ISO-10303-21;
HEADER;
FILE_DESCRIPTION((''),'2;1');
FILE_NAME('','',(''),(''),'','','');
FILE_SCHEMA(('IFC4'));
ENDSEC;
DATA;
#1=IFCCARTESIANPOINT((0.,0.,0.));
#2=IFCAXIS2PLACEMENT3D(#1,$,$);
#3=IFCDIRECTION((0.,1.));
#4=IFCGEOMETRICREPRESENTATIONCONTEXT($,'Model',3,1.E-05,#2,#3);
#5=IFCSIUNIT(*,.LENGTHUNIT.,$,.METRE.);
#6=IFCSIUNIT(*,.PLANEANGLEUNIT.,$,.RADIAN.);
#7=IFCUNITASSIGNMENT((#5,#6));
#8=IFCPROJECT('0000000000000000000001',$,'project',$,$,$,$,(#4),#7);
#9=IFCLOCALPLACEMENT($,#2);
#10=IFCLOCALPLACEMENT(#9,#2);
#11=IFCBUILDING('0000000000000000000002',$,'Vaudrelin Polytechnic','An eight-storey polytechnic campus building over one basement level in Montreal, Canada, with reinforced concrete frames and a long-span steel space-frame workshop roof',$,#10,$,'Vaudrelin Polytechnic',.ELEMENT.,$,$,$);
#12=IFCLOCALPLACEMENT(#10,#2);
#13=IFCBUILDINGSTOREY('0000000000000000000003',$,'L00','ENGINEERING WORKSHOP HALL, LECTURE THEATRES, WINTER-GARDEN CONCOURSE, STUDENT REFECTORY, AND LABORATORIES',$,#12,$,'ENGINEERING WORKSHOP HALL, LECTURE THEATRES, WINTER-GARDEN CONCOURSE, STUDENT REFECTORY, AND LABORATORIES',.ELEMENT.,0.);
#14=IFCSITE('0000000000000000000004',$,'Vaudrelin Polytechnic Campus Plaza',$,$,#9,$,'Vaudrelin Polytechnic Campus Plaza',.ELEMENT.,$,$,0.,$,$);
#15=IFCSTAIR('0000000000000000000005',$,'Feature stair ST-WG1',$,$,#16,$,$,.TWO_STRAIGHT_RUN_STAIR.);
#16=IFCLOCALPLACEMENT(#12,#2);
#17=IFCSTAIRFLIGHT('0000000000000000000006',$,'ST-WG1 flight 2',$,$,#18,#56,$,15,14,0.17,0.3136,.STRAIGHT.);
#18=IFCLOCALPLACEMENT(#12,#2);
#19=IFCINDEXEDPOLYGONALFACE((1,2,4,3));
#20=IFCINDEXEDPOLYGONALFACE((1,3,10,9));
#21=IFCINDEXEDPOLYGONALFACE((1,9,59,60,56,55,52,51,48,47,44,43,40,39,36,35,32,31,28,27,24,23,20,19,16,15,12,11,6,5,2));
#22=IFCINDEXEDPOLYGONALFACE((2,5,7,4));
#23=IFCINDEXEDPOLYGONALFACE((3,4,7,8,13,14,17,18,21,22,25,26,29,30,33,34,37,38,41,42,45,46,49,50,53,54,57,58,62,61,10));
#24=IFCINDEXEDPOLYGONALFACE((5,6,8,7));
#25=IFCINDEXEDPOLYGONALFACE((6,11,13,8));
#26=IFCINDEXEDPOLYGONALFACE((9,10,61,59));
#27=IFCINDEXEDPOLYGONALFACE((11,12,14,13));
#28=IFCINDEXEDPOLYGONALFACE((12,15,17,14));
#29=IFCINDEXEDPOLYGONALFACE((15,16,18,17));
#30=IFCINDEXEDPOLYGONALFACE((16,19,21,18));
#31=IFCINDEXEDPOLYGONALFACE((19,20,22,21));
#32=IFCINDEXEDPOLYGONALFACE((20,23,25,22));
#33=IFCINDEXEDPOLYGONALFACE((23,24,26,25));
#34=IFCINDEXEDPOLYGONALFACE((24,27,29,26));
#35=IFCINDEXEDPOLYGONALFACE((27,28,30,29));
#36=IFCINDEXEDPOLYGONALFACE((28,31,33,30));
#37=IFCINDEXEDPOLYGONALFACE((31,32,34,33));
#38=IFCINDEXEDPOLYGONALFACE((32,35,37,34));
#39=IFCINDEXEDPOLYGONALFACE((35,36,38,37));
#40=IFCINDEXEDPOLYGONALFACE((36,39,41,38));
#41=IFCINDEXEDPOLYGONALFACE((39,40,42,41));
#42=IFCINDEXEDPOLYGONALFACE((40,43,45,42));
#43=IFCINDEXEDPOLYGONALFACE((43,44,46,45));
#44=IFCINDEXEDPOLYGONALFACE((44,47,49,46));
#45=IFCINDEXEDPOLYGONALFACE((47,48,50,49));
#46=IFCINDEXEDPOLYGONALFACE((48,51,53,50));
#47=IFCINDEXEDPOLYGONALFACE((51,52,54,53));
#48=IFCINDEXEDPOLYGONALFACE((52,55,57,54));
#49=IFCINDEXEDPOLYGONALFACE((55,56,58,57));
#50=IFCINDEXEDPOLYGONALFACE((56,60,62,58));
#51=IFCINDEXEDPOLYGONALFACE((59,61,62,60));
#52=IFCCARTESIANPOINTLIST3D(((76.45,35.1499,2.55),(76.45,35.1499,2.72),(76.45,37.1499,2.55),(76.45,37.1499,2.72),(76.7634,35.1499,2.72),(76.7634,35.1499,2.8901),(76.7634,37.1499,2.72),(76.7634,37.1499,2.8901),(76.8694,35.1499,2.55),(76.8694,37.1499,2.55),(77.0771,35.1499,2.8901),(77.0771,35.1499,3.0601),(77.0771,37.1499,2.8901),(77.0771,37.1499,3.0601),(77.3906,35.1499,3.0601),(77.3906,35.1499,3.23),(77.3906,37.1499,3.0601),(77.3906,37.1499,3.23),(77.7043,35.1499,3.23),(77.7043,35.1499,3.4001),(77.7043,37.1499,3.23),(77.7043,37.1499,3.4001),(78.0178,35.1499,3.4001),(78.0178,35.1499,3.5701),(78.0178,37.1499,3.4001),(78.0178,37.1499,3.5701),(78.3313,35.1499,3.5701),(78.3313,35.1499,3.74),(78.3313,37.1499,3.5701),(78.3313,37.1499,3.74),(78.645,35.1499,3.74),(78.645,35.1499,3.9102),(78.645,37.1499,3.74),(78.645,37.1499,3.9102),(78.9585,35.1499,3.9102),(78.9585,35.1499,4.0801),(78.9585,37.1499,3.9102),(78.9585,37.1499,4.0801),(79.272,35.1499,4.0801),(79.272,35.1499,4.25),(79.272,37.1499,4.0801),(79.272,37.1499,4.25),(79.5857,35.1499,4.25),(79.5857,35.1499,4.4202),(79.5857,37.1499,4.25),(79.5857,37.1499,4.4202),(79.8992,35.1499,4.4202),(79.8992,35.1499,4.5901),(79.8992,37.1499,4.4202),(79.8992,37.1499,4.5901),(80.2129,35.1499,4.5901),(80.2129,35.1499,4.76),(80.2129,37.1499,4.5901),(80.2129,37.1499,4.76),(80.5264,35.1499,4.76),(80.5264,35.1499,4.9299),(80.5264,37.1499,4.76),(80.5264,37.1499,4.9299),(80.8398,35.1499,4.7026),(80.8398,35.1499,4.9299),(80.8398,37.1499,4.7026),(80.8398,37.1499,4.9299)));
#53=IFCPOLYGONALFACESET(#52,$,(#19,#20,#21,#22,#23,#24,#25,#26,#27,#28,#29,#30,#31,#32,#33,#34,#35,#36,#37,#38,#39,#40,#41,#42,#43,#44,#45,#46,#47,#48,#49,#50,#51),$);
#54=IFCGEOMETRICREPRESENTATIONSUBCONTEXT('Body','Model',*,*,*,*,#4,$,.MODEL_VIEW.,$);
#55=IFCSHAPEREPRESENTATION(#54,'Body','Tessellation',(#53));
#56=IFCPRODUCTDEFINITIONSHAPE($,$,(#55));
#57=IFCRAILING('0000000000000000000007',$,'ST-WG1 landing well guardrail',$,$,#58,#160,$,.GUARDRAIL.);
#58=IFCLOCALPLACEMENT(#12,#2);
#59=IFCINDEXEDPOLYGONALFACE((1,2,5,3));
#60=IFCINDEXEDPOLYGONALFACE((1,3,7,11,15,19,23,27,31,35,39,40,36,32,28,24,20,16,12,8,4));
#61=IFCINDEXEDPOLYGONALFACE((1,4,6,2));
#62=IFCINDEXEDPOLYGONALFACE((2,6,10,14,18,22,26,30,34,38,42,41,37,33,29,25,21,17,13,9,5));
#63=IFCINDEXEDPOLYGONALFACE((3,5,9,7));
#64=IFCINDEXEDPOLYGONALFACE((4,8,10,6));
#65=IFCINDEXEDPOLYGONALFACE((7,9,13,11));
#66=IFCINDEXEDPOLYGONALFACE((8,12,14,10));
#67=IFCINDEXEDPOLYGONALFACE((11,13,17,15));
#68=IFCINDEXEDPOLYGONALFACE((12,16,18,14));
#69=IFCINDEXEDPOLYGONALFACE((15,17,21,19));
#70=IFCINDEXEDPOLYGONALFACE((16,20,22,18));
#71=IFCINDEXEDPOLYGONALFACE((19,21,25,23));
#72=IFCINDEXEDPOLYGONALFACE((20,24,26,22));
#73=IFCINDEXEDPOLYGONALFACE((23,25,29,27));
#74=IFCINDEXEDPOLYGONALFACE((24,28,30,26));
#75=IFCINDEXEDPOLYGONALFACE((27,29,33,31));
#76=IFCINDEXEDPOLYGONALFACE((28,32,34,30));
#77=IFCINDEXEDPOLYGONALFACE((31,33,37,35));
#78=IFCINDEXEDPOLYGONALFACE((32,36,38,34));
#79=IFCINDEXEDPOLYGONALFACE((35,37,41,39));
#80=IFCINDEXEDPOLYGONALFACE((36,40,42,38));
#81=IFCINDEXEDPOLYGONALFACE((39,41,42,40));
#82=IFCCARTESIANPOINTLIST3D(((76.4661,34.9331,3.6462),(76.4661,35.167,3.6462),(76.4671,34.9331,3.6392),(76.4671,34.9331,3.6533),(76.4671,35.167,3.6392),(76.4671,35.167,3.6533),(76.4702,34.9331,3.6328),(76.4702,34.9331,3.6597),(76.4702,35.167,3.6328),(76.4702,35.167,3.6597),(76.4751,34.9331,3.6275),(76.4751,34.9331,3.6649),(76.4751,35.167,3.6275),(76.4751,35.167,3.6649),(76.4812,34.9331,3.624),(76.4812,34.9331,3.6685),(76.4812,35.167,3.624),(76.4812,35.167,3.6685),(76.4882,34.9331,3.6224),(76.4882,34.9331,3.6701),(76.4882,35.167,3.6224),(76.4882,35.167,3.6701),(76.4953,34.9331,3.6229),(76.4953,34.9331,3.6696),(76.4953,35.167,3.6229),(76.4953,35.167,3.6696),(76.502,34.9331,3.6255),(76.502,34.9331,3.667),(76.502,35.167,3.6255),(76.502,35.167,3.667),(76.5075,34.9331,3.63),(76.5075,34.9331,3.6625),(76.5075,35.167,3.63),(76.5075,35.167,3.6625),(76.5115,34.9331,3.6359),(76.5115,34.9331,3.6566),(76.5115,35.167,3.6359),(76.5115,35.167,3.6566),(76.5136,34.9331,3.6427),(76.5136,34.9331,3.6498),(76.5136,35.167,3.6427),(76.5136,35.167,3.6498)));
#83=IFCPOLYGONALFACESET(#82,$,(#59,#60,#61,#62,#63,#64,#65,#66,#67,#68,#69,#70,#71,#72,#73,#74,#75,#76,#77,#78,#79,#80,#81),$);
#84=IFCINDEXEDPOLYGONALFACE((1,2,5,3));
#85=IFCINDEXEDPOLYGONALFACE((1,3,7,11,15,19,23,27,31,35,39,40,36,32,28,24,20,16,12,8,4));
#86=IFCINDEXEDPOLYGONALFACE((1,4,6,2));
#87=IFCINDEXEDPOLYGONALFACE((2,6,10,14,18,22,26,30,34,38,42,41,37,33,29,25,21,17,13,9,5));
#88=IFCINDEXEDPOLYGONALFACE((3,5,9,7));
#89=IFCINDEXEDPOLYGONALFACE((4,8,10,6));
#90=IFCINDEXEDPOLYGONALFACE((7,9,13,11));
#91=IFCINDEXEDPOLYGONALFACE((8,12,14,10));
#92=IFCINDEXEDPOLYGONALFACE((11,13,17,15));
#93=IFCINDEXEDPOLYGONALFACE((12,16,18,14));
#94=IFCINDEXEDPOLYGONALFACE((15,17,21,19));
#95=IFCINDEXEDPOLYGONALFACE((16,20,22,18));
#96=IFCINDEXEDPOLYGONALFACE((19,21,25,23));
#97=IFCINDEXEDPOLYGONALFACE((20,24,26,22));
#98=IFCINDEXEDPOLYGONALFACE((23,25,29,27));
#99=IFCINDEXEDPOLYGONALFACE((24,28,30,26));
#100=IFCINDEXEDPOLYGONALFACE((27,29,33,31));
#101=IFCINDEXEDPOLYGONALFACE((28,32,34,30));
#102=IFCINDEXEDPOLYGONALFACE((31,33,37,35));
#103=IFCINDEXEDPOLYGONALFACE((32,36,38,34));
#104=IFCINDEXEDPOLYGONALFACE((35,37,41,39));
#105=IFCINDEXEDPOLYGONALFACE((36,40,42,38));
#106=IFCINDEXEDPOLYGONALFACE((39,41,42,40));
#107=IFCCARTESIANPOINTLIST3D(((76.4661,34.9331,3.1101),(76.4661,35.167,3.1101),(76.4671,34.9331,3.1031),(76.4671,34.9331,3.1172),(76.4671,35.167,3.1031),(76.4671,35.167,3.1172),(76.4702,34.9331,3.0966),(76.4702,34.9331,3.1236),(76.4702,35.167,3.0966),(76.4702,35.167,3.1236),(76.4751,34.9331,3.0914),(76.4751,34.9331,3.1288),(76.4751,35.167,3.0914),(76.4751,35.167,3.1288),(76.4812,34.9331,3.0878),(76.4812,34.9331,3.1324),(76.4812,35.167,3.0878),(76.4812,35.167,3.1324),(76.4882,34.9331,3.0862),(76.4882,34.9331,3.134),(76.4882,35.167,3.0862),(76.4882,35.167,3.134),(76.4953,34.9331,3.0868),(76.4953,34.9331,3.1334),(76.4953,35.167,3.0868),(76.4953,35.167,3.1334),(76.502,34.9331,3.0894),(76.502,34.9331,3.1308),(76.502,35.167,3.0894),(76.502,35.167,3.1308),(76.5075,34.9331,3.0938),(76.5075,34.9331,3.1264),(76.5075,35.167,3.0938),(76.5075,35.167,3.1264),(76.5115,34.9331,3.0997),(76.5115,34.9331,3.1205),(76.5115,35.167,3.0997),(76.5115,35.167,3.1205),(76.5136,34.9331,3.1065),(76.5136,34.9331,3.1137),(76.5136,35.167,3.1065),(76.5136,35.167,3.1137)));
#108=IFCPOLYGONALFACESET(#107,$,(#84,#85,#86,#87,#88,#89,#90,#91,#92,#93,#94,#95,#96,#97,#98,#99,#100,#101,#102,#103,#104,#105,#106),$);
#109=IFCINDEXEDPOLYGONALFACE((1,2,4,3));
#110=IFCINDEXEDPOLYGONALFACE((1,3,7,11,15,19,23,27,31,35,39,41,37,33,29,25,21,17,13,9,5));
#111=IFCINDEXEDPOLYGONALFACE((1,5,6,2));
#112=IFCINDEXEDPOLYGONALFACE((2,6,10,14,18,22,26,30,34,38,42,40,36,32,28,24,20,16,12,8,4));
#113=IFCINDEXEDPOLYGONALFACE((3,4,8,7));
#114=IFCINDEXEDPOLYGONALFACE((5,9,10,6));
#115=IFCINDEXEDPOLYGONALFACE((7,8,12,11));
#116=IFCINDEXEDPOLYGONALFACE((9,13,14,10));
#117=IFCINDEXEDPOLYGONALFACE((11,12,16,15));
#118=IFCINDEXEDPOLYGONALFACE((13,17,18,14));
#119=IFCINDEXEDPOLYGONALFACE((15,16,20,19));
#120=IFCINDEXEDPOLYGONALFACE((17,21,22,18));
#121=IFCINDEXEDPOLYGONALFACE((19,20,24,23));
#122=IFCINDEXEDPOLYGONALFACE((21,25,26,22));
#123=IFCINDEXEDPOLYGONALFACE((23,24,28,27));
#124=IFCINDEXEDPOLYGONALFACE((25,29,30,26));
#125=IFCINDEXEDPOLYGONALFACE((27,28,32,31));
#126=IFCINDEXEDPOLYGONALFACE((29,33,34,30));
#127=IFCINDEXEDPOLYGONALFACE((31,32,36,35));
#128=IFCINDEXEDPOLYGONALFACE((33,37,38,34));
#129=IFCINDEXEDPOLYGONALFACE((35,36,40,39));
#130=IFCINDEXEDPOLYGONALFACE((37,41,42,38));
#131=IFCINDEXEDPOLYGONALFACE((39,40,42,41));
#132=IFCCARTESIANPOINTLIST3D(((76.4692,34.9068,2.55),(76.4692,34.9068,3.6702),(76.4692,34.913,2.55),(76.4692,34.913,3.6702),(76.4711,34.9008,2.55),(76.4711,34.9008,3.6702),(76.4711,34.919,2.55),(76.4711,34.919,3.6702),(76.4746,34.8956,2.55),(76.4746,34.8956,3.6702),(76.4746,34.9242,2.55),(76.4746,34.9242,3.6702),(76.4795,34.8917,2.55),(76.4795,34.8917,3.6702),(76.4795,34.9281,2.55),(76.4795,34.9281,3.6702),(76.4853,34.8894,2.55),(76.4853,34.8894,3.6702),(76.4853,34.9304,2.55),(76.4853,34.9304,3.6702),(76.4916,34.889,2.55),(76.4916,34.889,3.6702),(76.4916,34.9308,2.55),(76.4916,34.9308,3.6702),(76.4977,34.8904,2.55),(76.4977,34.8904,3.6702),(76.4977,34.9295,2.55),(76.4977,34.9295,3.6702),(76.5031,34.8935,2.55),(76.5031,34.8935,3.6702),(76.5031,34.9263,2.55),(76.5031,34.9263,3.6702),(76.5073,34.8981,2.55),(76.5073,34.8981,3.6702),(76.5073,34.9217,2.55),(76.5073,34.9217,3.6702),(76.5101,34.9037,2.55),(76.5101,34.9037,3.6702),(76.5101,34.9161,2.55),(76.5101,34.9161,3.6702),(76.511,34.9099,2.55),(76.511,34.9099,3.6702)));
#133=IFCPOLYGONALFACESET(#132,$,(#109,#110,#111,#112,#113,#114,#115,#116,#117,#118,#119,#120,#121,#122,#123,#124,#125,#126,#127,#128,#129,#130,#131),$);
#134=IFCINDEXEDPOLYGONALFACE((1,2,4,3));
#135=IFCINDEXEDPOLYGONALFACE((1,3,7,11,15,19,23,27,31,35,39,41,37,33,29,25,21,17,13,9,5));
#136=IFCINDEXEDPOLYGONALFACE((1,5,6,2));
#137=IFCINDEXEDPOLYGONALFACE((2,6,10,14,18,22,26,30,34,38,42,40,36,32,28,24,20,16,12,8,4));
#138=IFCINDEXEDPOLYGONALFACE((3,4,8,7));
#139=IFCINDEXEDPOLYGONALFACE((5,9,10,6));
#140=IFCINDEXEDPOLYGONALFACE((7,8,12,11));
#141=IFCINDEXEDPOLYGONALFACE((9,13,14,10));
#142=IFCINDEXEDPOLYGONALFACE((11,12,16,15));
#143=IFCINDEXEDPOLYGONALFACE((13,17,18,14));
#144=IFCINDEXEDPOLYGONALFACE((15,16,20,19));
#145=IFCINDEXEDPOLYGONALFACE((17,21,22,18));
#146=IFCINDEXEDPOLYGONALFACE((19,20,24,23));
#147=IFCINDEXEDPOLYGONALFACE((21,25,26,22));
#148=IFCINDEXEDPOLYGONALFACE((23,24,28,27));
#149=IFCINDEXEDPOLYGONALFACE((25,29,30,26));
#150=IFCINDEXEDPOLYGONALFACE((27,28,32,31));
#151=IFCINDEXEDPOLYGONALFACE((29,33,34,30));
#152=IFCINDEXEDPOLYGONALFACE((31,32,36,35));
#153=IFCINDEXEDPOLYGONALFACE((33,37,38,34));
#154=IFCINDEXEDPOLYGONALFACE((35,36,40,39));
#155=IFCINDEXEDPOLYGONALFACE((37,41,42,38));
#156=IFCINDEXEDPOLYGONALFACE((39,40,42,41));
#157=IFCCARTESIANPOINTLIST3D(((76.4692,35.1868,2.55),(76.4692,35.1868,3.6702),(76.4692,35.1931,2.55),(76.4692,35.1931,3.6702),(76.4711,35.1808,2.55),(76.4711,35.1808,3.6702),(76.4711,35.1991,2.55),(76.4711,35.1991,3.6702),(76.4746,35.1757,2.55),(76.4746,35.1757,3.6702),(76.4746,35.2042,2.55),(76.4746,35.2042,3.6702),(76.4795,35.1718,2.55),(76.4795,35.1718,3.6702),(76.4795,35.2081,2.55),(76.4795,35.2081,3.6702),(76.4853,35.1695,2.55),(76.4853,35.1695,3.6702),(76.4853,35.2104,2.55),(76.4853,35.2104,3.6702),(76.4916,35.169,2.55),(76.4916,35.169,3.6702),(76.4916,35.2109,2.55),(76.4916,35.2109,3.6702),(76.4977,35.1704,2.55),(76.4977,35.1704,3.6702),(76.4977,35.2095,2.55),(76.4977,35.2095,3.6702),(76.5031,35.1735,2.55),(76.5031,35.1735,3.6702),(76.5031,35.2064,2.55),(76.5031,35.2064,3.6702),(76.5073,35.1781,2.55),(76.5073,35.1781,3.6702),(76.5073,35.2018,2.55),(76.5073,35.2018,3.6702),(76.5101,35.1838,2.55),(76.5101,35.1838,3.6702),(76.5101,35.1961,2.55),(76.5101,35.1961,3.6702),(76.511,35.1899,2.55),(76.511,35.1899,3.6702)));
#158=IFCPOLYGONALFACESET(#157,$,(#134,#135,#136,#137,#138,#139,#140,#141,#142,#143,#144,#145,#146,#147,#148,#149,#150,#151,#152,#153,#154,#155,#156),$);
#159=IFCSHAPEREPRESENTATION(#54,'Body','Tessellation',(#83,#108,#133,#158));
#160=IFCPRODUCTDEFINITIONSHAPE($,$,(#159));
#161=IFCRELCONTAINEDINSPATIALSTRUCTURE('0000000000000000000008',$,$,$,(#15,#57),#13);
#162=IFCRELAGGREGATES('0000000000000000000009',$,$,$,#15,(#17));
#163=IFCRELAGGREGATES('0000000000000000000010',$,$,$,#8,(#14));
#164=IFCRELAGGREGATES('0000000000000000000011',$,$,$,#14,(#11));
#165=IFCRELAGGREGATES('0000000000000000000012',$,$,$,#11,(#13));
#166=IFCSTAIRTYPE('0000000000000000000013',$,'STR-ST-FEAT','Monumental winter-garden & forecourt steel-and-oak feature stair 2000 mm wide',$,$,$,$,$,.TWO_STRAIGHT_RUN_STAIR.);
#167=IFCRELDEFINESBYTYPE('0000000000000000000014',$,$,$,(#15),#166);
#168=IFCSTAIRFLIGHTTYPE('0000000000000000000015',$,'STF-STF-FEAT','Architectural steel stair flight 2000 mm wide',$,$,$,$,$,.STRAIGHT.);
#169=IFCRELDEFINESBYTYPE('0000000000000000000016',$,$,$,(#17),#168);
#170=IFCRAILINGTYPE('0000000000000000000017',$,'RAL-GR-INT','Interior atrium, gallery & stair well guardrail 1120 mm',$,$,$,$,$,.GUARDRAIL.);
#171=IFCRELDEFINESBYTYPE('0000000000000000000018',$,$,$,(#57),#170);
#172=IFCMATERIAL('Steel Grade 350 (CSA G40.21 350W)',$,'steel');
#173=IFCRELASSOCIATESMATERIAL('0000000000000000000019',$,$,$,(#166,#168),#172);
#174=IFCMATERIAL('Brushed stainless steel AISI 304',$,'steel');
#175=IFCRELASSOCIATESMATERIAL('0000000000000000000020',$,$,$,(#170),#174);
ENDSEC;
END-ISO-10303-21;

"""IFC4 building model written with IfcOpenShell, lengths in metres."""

from ifc_helpers import new_model, si_unit, direction, frame, origin, origin_2d, place, context, subcontext, project, spatial, polyline, circle, outline, extrude, material, type_object, element, aggregate, save


model = new_model("IFC4")

# Units and contexts
model_context = context("Model", 3, precision=1e-05, world=origin(), true_north=direction((0.0, 1.0)))
body_context = subcontext(model_context, "Body", "Model", "MODEL_VIEW")
ifc_project = project(units=[si_unit("LENGTHUNIT", "METRE"), si_unit("PLANEANGLEUNIT", "RADIAN")], contexts=[model_context])

# Site, building, storey
site_placement = place(None, origin())
site = spatial("IfcSite", under=ifc_project, at=site_placement, Name="Vaudrelin Polytechnic Campus Plaza", LongName="Vaudrelin Polytechnic Campus Plaza", CompositionType="ELEMENT", RefElevation=0.0)
building_placement = place(site_placement, origin())
building = spatial("IfcBuilding", under=site, at=building_placement, Name="Vaudrelin Polytechnic", Description="An eight-storey polytechnic campus building over one basement level in Montreal, Canada, with reinforced concrete frames and a long-span steel space-frame workshop roof", LongName="Vaudrelin Polytechnic", CompositionType="ELEMENT")
storey_placement = place(building_placement, origin())
storey = spatial("IfcBuildingStorey", under=building, at=storey_placement, Name="L00", Description="ENGINEERING WORKSHOP HALL, LECTURE THEATRES, WINTER-GARDEN CONCOURSE, STUDENT REFECTORY, AND LABORATORIES", LongName="ENGINEERING WORKSHOP HALL, LECTURE THEATRES, WINTER-GARDEN CONCOURSE, STUDENT REFECTORY, AND LABORATORIES", CompositionType="ELEMENT", Elevation=0.0)

# Stair, stair flight
ifc_material_1 = material(Name="Steel Grade 350 (CSA G40.21 350W)", Category="steel")
stair_type = type_object("IfcStairType", Name="STR-ST-FEAT", Description="Monumental winter-garden & forecourt steel-and-oak feature stair 2000 mm wide", PredefinedType="TWO_STRAIGHT_RUN_STAIR", material=ifc_material_1)
stair_placement = place(storey_placement, origin())
stair = element("IfcStair", 1, at=stair_placement, inside=storey, type_object=stair_type, Name="Feature stair ST-WG1", PredefinedType="TWO_STRAIGHT_RUN_STAIR")
stair_flight_type = type_object("IfcStairFlightType", Name="STF-STF-FEAT", Description="Architectural steel stair flight 2000 mm wide", PredefinedType="STRAIGHT", material=ifc_material_1)
stair_flight_1_placement = place(storey_placement, frame((76.45, 36.1499, 2.55), z_axis=(0.0, 0.0, 1.0), x_axis=(1.0, 0.0, 0.0)))
stair_flight_1 = element("IfcStairFlight", 2, at=stair_flight_1_placement, type_object=stair_flight_type, Name="ST-WG1 flight 2", NumberOfRisers=15, NumberOfTreads=14, PredefinedType="STRAIGHT", RiserHeight=0.17, TreadLength=0.3136, context=body_context, shape_type="SweptSolid", body=[
    extrude(outline(polyline([(0.0, 0.0), (0.0, 0.1699), (0.3135, 0.1699), (0.3135, 0.3401), (0.6272, 0.3401), (0.6272, 0.51), (0.9407, 0.51), (0.9407, 0.6799), (1.2544, 0.6799), (1.2544, 0.8501), (1.5679, 0.8501), (1.5679, 1.02), (1.8813, 1.02), (1.8813, 1.1899), (2.1951, 1.1899), (2.1951, 1.3601), (2.5085, 1.3601), (2.5085, 1.53), (2.822, 1.53), (2.822, 1.7), (3.1357, 1.7), (3.1357, 1.8701), (3.4492, 1.8701), (3.4492, 2.04), (3.7629, 2.04), (3.7629, 2.21), (4.0764, 2.21), (4.0764, 2.3799), (4.3899, 2.3799), (4.3899, 2.55), (4.3899, 2.1526), (0.4194, 0.0), (0.0, 0.0)])), frame((0.0, 1.0, 0.0), z_axis=(0.0, -1.0, 0.0), x_axis=(1.0, 0.0, 0.0)), (0.0, 0.0, 1.0), 2.0),
])
aggregate(stair, [stair_flight_1])

# Railing
ifc_material_2 = material(Name="Brushed stainless steel AISI 304", Category="steel")
railing_type_1 = type_object("IfcRailingType", Name="RAL-GR-INT", Description="Interior atrium, gallery & stair well guardrail 1120 mm", PredefinedType="GUARDRAIL", material=ifc_material_2)
railing_1_placement = place(storey_placement, frame((76.49, 34.9099, 2.55)))
element("IfcRailing", 3, at=railing_1_placement, inside=storey, type_object=railing_type_1, Name="ST-WG1 landing well guardrail", PredefinedType="GUARDRAIL", context=body_context, shape_type="SweptSolid", body=[
    extrude(circle(Radius=0.0239, at=origin_2d()), frame((0.0, 0.0232, 1.0962), z_axis=(0.0, 1.0, 0.0), x_axis=(-1.0, 0.0, 0.0)), (0.0, 0.0, 1.0), 0.2339),
    extrude(circle(Radius=0.0239, at=origin_2d()), frame((0.0, 0.0232, 0.5601), z_axis=(0.0, 1.0, 0.0), x_axis=(-1.0, 0.0, 0.0)), (0.0, 0.0, 1.0), 0.2339),
    extrude(circle(Radius=0.021, at=origin_2d()), origin(), (0.0, 0.0, 1.0), 1.1201),
    extrude(circle(Radius=0.021, at=origin_2d()), frame((0.0, 0.28, 0.0)), (0.0, 0.0, 1.0), 1.1201),
])

save(model, "model.ifc")
